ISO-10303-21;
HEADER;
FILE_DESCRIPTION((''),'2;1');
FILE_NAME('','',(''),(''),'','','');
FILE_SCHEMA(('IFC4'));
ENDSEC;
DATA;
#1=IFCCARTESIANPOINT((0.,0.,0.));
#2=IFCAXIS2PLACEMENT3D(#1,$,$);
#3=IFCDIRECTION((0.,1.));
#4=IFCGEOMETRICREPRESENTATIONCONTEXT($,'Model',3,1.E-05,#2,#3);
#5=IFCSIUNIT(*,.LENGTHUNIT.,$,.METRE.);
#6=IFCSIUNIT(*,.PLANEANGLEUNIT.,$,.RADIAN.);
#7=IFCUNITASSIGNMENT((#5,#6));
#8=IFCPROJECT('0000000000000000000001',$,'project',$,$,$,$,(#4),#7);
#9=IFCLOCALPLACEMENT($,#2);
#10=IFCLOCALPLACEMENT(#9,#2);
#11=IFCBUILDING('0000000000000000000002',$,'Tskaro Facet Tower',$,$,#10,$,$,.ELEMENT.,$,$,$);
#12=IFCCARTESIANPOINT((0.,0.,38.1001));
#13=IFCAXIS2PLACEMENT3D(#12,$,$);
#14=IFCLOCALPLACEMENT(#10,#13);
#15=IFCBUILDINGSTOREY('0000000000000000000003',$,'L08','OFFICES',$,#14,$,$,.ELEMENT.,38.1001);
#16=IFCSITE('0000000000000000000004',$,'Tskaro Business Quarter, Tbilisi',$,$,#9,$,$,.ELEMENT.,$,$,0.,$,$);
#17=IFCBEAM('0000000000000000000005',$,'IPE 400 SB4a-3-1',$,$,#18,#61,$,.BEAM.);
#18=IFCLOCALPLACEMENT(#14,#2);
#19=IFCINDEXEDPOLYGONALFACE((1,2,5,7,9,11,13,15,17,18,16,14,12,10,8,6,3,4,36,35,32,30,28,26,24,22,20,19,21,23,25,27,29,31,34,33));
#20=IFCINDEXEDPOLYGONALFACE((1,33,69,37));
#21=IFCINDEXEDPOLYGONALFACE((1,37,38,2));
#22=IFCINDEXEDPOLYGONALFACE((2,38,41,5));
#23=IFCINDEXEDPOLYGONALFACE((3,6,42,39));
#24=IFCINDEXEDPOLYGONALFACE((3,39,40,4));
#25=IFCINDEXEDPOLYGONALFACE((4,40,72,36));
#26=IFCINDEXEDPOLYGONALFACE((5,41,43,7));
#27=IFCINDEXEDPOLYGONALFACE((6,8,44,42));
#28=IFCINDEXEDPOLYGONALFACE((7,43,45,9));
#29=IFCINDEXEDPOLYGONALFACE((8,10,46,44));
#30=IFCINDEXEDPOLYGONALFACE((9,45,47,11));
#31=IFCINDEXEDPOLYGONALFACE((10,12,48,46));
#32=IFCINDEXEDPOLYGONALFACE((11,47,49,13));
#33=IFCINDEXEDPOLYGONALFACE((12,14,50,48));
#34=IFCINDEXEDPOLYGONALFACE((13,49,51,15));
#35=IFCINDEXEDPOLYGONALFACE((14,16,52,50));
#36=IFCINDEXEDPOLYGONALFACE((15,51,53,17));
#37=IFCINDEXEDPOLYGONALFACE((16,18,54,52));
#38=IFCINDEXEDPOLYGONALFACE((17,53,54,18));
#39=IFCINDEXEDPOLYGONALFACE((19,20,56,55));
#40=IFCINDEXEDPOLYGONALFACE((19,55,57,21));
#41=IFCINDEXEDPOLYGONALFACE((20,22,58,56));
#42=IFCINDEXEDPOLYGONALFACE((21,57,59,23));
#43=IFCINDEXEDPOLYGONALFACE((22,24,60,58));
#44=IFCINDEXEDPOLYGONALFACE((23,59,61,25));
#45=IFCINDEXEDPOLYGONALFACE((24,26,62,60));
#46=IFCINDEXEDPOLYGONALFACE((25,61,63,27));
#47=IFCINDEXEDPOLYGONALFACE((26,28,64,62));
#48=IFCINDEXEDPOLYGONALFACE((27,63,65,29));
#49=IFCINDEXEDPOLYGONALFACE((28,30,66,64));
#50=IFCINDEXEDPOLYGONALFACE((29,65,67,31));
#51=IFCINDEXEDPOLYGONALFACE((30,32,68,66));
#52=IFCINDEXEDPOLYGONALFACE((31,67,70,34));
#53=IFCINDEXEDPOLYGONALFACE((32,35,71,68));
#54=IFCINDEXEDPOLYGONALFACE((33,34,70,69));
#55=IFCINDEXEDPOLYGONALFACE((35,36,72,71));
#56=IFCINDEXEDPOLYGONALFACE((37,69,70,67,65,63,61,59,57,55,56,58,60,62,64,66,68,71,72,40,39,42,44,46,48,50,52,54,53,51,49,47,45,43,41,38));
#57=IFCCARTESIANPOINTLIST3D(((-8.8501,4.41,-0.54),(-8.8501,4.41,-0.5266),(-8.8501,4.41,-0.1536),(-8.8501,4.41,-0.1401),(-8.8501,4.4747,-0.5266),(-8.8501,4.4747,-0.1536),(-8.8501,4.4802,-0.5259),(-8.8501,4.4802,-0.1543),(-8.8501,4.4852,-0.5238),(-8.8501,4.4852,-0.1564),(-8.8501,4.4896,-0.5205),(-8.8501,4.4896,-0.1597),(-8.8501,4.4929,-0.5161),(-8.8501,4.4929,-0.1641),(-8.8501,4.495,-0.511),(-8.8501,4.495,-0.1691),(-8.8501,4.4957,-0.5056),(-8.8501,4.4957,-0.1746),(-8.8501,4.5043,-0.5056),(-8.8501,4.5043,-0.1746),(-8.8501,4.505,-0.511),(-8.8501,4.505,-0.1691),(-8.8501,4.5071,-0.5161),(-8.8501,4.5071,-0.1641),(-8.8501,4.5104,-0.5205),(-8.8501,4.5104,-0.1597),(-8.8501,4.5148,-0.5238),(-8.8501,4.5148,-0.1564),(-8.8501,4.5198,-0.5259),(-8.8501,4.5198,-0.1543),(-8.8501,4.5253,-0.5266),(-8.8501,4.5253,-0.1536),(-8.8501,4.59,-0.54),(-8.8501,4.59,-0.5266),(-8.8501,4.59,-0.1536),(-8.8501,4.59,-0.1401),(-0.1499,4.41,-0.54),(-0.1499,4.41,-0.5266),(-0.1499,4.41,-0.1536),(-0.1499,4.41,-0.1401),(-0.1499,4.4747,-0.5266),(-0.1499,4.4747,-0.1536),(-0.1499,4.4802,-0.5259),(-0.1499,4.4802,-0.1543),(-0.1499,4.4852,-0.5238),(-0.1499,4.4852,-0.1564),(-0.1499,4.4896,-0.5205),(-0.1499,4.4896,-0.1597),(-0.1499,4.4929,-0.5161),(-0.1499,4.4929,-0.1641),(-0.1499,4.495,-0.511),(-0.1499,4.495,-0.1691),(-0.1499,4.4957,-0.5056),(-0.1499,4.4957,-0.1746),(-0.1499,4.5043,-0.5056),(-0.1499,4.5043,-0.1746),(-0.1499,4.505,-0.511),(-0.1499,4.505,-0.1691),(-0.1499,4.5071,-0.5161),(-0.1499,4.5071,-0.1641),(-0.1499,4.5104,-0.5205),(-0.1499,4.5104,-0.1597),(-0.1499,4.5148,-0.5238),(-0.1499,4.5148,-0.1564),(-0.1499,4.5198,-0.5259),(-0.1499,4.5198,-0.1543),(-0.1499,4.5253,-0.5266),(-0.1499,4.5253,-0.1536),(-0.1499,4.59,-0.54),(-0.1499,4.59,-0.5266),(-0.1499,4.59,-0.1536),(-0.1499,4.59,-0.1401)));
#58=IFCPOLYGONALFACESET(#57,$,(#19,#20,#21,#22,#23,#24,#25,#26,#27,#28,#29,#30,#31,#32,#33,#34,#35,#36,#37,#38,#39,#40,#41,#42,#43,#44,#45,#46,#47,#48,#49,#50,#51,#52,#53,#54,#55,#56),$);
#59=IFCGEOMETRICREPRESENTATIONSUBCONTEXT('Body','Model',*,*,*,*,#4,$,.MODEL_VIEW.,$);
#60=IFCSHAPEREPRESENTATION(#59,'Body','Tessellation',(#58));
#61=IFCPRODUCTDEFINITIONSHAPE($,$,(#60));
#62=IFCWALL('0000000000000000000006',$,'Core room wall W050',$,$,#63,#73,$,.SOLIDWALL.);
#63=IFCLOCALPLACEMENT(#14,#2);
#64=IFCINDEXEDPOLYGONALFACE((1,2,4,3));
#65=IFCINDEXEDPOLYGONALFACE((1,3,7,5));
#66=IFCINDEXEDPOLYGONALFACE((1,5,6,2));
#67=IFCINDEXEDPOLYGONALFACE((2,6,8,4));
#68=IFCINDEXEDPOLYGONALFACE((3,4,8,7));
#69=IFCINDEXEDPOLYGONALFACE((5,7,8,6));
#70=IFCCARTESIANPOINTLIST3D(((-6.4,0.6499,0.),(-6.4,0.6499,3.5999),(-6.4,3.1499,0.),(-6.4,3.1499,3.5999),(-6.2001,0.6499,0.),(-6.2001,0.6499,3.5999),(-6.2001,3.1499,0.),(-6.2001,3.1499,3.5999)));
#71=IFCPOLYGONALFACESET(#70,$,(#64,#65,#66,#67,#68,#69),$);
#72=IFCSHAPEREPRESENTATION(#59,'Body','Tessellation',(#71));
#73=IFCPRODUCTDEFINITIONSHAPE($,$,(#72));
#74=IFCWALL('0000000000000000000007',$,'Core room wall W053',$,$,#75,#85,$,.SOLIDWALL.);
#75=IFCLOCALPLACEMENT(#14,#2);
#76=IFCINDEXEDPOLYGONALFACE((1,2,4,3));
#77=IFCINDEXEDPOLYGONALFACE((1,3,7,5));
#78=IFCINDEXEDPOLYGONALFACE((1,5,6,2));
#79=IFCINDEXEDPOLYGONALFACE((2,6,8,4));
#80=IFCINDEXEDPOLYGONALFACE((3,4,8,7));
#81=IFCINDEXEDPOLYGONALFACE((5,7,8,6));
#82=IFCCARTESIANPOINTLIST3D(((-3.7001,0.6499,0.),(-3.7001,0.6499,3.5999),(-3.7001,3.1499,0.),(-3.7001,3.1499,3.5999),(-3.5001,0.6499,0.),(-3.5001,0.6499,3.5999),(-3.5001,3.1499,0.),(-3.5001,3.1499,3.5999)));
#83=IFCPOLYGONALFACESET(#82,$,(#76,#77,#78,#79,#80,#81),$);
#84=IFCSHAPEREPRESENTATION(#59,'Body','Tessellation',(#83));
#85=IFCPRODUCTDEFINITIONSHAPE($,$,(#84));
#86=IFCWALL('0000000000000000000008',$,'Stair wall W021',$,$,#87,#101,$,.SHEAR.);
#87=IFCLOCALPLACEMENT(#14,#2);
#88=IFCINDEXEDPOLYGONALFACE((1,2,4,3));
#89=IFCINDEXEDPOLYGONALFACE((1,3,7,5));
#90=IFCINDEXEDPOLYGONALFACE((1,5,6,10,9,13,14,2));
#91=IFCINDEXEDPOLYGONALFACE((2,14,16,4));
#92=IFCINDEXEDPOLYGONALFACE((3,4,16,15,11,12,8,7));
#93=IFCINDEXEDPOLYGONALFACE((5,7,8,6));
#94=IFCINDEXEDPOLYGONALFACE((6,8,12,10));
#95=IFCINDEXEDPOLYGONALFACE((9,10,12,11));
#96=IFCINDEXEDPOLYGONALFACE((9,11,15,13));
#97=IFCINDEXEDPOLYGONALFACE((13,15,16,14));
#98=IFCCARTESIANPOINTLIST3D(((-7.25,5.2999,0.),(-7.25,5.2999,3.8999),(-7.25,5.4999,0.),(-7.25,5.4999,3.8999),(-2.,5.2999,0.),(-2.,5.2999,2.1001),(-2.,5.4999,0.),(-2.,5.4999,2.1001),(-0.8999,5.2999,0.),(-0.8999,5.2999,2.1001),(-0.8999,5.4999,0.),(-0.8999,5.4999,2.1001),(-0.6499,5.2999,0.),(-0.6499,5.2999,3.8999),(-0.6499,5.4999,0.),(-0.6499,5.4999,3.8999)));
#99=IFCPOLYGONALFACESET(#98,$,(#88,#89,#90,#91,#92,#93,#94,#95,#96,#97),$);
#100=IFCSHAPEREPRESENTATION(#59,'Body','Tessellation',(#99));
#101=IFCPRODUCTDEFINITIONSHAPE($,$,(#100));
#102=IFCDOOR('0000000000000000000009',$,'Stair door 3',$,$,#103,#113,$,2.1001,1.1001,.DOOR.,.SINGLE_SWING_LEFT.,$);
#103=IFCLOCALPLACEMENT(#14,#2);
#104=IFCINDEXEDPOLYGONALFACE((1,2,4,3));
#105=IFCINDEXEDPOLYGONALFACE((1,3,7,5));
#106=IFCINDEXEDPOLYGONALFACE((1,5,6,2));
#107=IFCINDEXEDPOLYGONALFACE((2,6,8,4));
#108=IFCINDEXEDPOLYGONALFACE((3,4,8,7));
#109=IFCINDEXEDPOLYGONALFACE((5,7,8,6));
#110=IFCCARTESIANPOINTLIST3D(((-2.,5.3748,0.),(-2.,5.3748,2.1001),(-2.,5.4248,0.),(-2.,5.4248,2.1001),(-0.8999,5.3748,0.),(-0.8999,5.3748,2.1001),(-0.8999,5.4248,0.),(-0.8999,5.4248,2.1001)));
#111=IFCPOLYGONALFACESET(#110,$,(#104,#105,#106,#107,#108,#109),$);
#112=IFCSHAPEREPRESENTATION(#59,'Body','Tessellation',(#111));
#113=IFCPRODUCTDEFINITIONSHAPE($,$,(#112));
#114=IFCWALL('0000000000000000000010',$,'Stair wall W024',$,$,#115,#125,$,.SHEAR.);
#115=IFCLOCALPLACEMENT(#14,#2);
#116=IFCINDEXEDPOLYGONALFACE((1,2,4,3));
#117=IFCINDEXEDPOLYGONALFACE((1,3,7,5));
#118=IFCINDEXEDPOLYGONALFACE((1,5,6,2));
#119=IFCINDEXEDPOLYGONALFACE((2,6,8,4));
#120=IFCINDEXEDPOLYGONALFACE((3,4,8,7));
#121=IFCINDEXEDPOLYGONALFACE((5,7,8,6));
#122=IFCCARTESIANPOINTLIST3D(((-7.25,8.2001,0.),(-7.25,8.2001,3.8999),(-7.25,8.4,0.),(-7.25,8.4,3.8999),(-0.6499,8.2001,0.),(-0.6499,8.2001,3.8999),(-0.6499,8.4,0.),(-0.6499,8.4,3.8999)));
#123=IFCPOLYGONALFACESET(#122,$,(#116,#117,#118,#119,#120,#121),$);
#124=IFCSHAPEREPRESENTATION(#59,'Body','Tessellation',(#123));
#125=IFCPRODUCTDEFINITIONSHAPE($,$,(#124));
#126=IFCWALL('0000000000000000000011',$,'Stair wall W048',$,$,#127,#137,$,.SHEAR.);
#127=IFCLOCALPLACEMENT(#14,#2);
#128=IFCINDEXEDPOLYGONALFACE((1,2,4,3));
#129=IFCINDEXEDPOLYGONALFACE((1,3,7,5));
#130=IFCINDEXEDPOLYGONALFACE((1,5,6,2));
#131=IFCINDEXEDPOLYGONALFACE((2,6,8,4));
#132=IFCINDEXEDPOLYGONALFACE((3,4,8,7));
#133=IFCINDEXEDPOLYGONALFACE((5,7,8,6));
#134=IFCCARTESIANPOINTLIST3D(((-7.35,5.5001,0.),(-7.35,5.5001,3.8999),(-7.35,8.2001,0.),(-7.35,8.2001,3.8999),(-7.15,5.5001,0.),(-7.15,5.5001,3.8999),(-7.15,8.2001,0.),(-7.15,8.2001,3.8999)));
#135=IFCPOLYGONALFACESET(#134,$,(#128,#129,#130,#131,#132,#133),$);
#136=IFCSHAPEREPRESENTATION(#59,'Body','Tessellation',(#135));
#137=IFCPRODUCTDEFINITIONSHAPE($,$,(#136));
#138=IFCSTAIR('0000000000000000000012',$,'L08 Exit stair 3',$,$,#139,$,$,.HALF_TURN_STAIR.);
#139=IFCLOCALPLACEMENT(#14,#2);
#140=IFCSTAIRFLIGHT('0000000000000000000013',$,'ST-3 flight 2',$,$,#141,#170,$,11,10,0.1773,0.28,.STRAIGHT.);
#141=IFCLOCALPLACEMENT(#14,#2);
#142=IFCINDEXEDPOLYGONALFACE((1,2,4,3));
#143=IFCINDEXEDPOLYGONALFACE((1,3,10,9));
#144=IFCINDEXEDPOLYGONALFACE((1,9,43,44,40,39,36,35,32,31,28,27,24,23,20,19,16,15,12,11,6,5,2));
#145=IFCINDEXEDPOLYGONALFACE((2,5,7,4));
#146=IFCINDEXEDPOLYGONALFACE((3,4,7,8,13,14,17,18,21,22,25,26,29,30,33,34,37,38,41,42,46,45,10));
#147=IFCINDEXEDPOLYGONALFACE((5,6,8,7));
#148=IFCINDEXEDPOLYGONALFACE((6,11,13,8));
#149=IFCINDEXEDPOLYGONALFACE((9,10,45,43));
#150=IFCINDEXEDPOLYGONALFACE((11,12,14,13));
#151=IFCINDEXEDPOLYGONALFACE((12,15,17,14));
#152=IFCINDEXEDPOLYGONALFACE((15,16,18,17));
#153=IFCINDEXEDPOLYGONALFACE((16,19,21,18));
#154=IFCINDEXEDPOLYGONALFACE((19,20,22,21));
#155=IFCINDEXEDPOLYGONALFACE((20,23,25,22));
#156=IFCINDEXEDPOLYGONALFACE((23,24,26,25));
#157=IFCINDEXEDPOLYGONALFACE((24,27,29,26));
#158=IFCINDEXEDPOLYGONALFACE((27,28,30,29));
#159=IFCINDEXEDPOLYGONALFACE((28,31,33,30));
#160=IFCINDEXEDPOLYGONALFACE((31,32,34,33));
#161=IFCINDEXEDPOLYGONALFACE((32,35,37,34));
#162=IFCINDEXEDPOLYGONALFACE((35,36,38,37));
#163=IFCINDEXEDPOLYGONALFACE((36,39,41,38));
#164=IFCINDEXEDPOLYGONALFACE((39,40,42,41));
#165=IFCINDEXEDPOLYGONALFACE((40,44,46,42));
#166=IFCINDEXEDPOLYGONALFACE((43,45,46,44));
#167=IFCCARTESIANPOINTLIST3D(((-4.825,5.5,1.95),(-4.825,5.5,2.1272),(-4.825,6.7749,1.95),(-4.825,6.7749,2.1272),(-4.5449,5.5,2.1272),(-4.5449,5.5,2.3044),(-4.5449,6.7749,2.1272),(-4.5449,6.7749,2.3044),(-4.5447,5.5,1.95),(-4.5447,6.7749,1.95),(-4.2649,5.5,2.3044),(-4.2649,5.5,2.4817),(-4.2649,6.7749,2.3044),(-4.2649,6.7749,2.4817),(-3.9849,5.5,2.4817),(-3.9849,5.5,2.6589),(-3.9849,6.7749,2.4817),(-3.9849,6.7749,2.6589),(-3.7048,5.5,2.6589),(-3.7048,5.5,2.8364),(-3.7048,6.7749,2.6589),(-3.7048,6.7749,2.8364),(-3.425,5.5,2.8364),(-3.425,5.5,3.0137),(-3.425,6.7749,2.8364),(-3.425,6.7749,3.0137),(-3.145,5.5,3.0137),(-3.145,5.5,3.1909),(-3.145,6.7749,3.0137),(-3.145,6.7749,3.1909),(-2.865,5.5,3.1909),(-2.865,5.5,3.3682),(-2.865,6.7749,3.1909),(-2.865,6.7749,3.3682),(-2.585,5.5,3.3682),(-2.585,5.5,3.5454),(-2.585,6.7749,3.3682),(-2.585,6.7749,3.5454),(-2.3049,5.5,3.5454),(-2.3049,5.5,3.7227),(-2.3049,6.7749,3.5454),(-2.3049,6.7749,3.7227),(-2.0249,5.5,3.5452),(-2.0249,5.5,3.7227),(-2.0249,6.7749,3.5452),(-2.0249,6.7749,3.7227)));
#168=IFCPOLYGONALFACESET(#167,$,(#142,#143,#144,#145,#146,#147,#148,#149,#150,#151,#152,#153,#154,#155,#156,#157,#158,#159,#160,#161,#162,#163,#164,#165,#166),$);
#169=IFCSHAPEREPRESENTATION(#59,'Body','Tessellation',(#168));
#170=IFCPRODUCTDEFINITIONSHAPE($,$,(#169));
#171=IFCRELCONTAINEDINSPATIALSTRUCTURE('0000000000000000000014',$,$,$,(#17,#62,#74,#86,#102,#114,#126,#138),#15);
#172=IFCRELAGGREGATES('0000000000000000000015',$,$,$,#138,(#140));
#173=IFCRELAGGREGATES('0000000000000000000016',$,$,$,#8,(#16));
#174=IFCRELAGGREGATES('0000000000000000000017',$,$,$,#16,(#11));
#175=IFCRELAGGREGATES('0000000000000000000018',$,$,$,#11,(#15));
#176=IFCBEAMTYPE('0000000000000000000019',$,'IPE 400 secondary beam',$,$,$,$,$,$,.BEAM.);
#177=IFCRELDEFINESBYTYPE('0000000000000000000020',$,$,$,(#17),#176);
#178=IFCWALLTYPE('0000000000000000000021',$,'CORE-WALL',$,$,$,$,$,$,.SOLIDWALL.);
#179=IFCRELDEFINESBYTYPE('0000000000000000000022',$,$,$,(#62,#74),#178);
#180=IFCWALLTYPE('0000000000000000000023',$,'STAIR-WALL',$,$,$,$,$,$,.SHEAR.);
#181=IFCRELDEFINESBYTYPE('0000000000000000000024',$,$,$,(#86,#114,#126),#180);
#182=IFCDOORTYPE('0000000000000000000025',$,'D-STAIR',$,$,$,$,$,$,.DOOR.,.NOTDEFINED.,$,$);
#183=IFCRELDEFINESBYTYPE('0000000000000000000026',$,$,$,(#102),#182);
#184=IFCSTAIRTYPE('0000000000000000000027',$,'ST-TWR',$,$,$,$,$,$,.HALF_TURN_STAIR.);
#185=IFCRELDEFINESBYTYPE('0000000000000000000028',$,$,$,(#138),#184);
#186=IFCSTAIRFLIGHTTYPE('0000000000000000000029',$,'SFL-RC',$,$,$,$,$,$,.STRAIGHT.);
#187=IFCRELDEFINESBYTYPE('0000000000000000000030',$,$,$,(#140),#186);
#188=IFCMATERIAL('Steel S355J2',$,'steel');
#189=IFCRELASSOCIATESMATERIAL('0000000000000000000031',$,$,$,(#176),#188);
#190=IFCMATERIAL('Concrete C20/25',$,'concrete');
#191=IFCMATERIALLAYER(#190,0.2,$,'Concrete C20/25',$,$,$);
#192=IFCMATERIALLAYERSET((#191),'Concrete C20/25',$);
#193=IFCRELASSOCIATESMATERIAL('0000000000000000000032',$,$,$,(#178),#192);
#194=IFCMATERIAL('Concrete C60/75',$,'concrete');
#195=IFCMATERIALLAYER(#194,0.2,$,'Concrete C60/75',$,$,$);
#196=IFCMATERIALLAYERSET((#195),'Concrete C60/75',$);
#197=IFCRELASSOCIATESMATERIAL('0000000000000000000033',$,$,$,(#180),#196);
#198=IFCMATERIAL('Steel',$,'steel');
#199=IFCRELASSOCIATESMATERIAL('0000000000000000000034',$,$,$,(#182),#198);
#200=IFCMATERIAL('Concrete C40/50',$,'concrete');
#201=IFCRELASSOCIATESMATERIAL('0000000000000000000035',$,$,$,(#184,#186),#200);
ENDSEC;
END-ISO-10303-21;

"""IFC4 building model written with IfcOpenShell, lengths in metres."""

from ifc_helpers import new_model, si_unit, direction, frame, frame_2d, origin, origin_2d, place, context, subcontext, project, spatial, polyline, rectangle, i_section, outline, extrude, material, layer, layer_set, material_profile, profile_set, type_object, element, fill, aggregate, save


model = new_model("IFC4")

# Units and contexts
model_context = context("Model", 3, precision=1e-05, world=origin(), true_north=direction((0.0, 1.0)))
body_context = subcontext(model_context, "Body", "Model", "MODEL_VIEW")
ifc_project = project(units=[si_unit("LENGTHUNIT", "METRE"), si_unit("PLANEANGLEUNIT", "RADIAN")], contexts=[model_context])

# Site, building, storey
site_placement = place(None, origin())
site = spatial("IfcSite", under=ifc_project, at=site_placement, Name="Tskaro Business Quarter, Tbilisi", CompositionType="ELEMENT", RefElevation=0.0)
building_placement = place(site_placement, origin())
building = spatial("IfcBuilding", under=site, at=building_placement, Name="Tskaro Facet Tower", CompositionType="ELEMENT")
storey_placement = place(building_placement, frame((0.0, 0.0, 38.1001)))
storey = spatial("IfcBuildingStorey", under=building, at=storey_placement, Name="L08", Description="OFFICES", CompositionType="ELEMENT", Elevation=38.1001)

# Beam
ifc_material_1 = material(Name="Steel S355J2", Category="steel")
ifc_material_profile_1 = material_profile(ifc_material_1, i_section(OverallWidth=0.1799, OverallDepth=0.3999, WebThickness=0.0085, FlangeThickness=0.0134, FilletRadius=0.021, at=origin_2d()), Name="IPE 400")
ifc_profile_set_1 = profile_set([ifc_material_profile_1], Name="Steel S355J2")
beam_type_1 = type_object("IfcBeamType", Name="IPE 400 secondary beam", PredefinedType="BEAM", material=ifc_profile_set_1)
beam_1_placement = place(storey_placement, frame((-8.8501, 4.5, -0.3401), z_axis=(1.0, 0.0, 0.0), x_axis=(0.0, 1.0, 0.0)))
element("IfcBeam", 1, at=beam_1_placement, inside=storey, type_object=beam_type_1, Name="IPE 400 SB4a-3-1", PredefinedType="BEAM", context=body_context, shape_type="SweptSolid", body=[
    extrude(i_section(OverallWidth=0.1799, OverallDepth=0.3999, WebThickness=0.0085, FlangeThickness=0.0134, FilletRadius=0.021, at=origin_2d()), origin(), (0.0, 0.0, 1.0), 8.7002),
])

# Walls
ifc_material_2 = material(Name="Concrete C20/25", Category="concrete")
ifc_layer_1 = layer(ifc_material_2, 0.2, Name="Concrete C20/25")
ifc_layer_set_1 = layer_set([ifc_layer_1], Name="Concrete C20/25")
wall_type_1 = type_object("IfcWallType", Name="CORE-WALL", PredefinedType="SOLIDWALL", material=ifc_layer_set_1)
for number, where, z_axis, x_axis, name in (
    (2, (-6.3, 0.6499, 0.0), (0.0, 0.0, 1.0), (0.0, 1.0, 0.0), "Core room wall W050"),
    (3, (-3.6001, 0.6499, 0.0), (0.0, 0.0, 1.0), (0.0, 1.0, 0.0), "Core room wall W053"),
):
    element("IfcWall", number, at=place(storey_placement, frame(where, z_axis=z_axis, x_axis=x_axis)), inside=storey, type_object=wall_type_1, Name=name, PredefinedType="SOLIDWALL", context=body_context, shape_type="SweptSolid", body=[
        extrude(rectangle(XDim=2.5, YDim=0.2, at=frame_2d((1.25, 0.0))), origin(), (0.0, 0.0, 1.0), 3.5999),
    ])

# Wall, opening, door
ifc_material_3 = material(Name="Concrete C60/75", Category="concrete")
ifc_layer_2 = layer(ifc_material_3, 0.2, Name="Concrete C60/75")
ifc_layer_set_2 = layer_set([ifc_layer_2], Name="Concrete C60/75")
wall_type_2 = type_object("IfcWallType", Name="STAIR-WALL", PredefinedType="SHEAR", material=ifc_layer_set_2)
wall_1_placement = place(storey_placement, frame((-7.25, 5.3999, 0.0), z_axis=(0.0, 0.0, 1.0), x_axis=(1.0, 0.0, 0.0)))
wall_1 = element("IfcWall", 4, at=wall_1_placement, inside=storey, type_object=wall_type_2, Name="Stair wall W021", PredefinedType="SHEAR", context=body_context, shape_type="SweptSolid", body=[
    extrude(rectangle(XDim=6.6001, YDim=0.2, at=frame_2d((3.3, 0.0))), origin(), (0.0, 0.0, 1.0), 3.8999),
])
opening_placement = place(wall_1_placement, frame((5.25, 0.0, 0.0)))
opening = element("IfcOpeningElement", 5, at=opening_placement, cuts=wall_1, PredefinedType="OPENING", context=body_context, shape_type="SweptSolid", body=[
    extrude(rectangle(XDim=1.1001, YDim=2.1001, at=frame_2d((0.55, 1.05))), frame((0.0, 0.1099, 0.0), z_axis=(0.0, -1.0, 0.0), x_axis=(1.0, 0.0, 0.0)), (0.0, 0.0, 1.0), 0.22),
])
ifc_material_4 = material(Name="Steel", Category="steel")
door_type = type_object("IfcDoorType", Name="D-STAIR", OperationType="NOTDEFINED", PredefinedType="DOOR", material=ifc_material_4)
door_placement = place(opening_placement, origin())
door = element("IfcDoor", 6, at=door_placement, inside=storey, type_object=door_type, Name="Stair door 3", OperationType="SINGLE_SWING_LEFT", OverallHeight=2.1001, OverallWidth=1.1001, PredefinedType="DOOR", context=body_context, shape_type="SweptSolid", body=[
    extrude(rectangle(XDim=1.1001, YDim=2.1001, at=frame_2d((0.55, 1.05))), frame((0.0, 0.0249, 0.0), z_axis=(0.0, -1.0, 0.0), x_axis=(1.0, 0.0, 0.0)), (0.0, 0.0, 1.0), 0.05),
])
fill(opening, door)

# Walls
wall_2_placement = place(storey_placement, frame((-7.25, 8.3, 0.0), z_axis=(0.0, 0.0, 1.0), x_axis=(1.0, 0.0, 0.0)))
element("IfcWall", 7, at=wall_2_placement, inside=storey, type_object=wall_type_2, Name="Stair wall W024", PredefinedType="SHEAR", context=body_context, shape_type="SweptSolid", body=[
    extrude(rectangle(XDim=6.6001, YDim=0.2, at=frame_2d((3.3, 0.0))), origin(), (0.0, 0.0, 1.0), 3.8999),
])
wall_3_placement = place(storey_placement, frame((-7.25, 5.5, 0.0), z_axis=(0.0, 0.0, 1.0), x_axis=(0.0, 1.0, 0.0)))
element("IfcWall", 8, at=wall_3_placement, inside=storey, type_object=wall_type_2, Name="Stair wall W048", PredefinedType="SHEAR", context=body_context, shape_type="SweptSolid", body=[
    extrude(rectangle(XDim=2.7, YDim=0.2, at=frame_2d((1.3501, 0.0))), origin(), (0.0, 0.0, 1.0), 3.8999),
])

# Stair, stair flight
ifc_material_5 = material(Name="Concrete C40/50", Category="concrete")
stair_type = type_object("IfcStairType", Name="ST-TWR", PredefinedType="HALF_TURN_STAIR", material=ifc_material_5)
stair_placement = place(storey_placement, origin())
stair = element("IfcStair", 9, at=stair_placement, inside=storey, type_object=stair_type, Name="L08 Exit stair 3", PredefinedType="HALF_TURN_STAIR")
stair_flight_type = type_object("IfcStairFlightType", Name="SFL-RC", PredefinedType="STRAIGHT", material=ifc_material_5)
stair_flight_placement = place(storey_placement, frame((-4.825, 6.1375, 1.95), z_axis=(0.0, 0.0, 1.0), x_axis=(1.0, 0.0, 0.0)))
stair_flight = element("IfcStairFlight", 10, at=stair_flight_placement, type_object=stair_flight_type, Name="ST-3 flight 2", NumberOfRisers=11, NumberOfTreads=10, PredefinedType="STRAIGHT", RiserHeight=0.1773, TreadLength=0.28, context=body_context, shape_type="SweptSolid", body=[
    extrude(outline(polyline([(0.0, 0.0), (0.0, 0.1772), (0.28, 0.1772), (0.28, 0.3545), (0.5601, 0.3545), (0.5601, 0.5317), (0.8401, 0.5317), (0.8401, 0.709), (1.1201, 0.709), (1.1201, 0.8865), (1.3999, 0.8865), (1.3999, 1.0637), (1.6799, 1.0637), (1.6799, 1.241), (1.96, 1.241), (1.96, 1.4182), (2.24, 1.4182), (2.24, 1.5955), (2.52, 1.5955), (2.52, 1.7727), (2.8, 1.7727), (2.8, 1.95), (2.8, 1.5952), (0.2803, 0.0), (0.0, 0.0)])), frame((0.0, 0.6375, 0.0), z_axis=(0.0, -1.0, 0.0), x_axis=(1.0, 0.0, 0.0)), (0.0, 0.0, 1.0), 1.2749),
])
aggregate(stair, [stair_flight])

save(model, "model.ifc")
